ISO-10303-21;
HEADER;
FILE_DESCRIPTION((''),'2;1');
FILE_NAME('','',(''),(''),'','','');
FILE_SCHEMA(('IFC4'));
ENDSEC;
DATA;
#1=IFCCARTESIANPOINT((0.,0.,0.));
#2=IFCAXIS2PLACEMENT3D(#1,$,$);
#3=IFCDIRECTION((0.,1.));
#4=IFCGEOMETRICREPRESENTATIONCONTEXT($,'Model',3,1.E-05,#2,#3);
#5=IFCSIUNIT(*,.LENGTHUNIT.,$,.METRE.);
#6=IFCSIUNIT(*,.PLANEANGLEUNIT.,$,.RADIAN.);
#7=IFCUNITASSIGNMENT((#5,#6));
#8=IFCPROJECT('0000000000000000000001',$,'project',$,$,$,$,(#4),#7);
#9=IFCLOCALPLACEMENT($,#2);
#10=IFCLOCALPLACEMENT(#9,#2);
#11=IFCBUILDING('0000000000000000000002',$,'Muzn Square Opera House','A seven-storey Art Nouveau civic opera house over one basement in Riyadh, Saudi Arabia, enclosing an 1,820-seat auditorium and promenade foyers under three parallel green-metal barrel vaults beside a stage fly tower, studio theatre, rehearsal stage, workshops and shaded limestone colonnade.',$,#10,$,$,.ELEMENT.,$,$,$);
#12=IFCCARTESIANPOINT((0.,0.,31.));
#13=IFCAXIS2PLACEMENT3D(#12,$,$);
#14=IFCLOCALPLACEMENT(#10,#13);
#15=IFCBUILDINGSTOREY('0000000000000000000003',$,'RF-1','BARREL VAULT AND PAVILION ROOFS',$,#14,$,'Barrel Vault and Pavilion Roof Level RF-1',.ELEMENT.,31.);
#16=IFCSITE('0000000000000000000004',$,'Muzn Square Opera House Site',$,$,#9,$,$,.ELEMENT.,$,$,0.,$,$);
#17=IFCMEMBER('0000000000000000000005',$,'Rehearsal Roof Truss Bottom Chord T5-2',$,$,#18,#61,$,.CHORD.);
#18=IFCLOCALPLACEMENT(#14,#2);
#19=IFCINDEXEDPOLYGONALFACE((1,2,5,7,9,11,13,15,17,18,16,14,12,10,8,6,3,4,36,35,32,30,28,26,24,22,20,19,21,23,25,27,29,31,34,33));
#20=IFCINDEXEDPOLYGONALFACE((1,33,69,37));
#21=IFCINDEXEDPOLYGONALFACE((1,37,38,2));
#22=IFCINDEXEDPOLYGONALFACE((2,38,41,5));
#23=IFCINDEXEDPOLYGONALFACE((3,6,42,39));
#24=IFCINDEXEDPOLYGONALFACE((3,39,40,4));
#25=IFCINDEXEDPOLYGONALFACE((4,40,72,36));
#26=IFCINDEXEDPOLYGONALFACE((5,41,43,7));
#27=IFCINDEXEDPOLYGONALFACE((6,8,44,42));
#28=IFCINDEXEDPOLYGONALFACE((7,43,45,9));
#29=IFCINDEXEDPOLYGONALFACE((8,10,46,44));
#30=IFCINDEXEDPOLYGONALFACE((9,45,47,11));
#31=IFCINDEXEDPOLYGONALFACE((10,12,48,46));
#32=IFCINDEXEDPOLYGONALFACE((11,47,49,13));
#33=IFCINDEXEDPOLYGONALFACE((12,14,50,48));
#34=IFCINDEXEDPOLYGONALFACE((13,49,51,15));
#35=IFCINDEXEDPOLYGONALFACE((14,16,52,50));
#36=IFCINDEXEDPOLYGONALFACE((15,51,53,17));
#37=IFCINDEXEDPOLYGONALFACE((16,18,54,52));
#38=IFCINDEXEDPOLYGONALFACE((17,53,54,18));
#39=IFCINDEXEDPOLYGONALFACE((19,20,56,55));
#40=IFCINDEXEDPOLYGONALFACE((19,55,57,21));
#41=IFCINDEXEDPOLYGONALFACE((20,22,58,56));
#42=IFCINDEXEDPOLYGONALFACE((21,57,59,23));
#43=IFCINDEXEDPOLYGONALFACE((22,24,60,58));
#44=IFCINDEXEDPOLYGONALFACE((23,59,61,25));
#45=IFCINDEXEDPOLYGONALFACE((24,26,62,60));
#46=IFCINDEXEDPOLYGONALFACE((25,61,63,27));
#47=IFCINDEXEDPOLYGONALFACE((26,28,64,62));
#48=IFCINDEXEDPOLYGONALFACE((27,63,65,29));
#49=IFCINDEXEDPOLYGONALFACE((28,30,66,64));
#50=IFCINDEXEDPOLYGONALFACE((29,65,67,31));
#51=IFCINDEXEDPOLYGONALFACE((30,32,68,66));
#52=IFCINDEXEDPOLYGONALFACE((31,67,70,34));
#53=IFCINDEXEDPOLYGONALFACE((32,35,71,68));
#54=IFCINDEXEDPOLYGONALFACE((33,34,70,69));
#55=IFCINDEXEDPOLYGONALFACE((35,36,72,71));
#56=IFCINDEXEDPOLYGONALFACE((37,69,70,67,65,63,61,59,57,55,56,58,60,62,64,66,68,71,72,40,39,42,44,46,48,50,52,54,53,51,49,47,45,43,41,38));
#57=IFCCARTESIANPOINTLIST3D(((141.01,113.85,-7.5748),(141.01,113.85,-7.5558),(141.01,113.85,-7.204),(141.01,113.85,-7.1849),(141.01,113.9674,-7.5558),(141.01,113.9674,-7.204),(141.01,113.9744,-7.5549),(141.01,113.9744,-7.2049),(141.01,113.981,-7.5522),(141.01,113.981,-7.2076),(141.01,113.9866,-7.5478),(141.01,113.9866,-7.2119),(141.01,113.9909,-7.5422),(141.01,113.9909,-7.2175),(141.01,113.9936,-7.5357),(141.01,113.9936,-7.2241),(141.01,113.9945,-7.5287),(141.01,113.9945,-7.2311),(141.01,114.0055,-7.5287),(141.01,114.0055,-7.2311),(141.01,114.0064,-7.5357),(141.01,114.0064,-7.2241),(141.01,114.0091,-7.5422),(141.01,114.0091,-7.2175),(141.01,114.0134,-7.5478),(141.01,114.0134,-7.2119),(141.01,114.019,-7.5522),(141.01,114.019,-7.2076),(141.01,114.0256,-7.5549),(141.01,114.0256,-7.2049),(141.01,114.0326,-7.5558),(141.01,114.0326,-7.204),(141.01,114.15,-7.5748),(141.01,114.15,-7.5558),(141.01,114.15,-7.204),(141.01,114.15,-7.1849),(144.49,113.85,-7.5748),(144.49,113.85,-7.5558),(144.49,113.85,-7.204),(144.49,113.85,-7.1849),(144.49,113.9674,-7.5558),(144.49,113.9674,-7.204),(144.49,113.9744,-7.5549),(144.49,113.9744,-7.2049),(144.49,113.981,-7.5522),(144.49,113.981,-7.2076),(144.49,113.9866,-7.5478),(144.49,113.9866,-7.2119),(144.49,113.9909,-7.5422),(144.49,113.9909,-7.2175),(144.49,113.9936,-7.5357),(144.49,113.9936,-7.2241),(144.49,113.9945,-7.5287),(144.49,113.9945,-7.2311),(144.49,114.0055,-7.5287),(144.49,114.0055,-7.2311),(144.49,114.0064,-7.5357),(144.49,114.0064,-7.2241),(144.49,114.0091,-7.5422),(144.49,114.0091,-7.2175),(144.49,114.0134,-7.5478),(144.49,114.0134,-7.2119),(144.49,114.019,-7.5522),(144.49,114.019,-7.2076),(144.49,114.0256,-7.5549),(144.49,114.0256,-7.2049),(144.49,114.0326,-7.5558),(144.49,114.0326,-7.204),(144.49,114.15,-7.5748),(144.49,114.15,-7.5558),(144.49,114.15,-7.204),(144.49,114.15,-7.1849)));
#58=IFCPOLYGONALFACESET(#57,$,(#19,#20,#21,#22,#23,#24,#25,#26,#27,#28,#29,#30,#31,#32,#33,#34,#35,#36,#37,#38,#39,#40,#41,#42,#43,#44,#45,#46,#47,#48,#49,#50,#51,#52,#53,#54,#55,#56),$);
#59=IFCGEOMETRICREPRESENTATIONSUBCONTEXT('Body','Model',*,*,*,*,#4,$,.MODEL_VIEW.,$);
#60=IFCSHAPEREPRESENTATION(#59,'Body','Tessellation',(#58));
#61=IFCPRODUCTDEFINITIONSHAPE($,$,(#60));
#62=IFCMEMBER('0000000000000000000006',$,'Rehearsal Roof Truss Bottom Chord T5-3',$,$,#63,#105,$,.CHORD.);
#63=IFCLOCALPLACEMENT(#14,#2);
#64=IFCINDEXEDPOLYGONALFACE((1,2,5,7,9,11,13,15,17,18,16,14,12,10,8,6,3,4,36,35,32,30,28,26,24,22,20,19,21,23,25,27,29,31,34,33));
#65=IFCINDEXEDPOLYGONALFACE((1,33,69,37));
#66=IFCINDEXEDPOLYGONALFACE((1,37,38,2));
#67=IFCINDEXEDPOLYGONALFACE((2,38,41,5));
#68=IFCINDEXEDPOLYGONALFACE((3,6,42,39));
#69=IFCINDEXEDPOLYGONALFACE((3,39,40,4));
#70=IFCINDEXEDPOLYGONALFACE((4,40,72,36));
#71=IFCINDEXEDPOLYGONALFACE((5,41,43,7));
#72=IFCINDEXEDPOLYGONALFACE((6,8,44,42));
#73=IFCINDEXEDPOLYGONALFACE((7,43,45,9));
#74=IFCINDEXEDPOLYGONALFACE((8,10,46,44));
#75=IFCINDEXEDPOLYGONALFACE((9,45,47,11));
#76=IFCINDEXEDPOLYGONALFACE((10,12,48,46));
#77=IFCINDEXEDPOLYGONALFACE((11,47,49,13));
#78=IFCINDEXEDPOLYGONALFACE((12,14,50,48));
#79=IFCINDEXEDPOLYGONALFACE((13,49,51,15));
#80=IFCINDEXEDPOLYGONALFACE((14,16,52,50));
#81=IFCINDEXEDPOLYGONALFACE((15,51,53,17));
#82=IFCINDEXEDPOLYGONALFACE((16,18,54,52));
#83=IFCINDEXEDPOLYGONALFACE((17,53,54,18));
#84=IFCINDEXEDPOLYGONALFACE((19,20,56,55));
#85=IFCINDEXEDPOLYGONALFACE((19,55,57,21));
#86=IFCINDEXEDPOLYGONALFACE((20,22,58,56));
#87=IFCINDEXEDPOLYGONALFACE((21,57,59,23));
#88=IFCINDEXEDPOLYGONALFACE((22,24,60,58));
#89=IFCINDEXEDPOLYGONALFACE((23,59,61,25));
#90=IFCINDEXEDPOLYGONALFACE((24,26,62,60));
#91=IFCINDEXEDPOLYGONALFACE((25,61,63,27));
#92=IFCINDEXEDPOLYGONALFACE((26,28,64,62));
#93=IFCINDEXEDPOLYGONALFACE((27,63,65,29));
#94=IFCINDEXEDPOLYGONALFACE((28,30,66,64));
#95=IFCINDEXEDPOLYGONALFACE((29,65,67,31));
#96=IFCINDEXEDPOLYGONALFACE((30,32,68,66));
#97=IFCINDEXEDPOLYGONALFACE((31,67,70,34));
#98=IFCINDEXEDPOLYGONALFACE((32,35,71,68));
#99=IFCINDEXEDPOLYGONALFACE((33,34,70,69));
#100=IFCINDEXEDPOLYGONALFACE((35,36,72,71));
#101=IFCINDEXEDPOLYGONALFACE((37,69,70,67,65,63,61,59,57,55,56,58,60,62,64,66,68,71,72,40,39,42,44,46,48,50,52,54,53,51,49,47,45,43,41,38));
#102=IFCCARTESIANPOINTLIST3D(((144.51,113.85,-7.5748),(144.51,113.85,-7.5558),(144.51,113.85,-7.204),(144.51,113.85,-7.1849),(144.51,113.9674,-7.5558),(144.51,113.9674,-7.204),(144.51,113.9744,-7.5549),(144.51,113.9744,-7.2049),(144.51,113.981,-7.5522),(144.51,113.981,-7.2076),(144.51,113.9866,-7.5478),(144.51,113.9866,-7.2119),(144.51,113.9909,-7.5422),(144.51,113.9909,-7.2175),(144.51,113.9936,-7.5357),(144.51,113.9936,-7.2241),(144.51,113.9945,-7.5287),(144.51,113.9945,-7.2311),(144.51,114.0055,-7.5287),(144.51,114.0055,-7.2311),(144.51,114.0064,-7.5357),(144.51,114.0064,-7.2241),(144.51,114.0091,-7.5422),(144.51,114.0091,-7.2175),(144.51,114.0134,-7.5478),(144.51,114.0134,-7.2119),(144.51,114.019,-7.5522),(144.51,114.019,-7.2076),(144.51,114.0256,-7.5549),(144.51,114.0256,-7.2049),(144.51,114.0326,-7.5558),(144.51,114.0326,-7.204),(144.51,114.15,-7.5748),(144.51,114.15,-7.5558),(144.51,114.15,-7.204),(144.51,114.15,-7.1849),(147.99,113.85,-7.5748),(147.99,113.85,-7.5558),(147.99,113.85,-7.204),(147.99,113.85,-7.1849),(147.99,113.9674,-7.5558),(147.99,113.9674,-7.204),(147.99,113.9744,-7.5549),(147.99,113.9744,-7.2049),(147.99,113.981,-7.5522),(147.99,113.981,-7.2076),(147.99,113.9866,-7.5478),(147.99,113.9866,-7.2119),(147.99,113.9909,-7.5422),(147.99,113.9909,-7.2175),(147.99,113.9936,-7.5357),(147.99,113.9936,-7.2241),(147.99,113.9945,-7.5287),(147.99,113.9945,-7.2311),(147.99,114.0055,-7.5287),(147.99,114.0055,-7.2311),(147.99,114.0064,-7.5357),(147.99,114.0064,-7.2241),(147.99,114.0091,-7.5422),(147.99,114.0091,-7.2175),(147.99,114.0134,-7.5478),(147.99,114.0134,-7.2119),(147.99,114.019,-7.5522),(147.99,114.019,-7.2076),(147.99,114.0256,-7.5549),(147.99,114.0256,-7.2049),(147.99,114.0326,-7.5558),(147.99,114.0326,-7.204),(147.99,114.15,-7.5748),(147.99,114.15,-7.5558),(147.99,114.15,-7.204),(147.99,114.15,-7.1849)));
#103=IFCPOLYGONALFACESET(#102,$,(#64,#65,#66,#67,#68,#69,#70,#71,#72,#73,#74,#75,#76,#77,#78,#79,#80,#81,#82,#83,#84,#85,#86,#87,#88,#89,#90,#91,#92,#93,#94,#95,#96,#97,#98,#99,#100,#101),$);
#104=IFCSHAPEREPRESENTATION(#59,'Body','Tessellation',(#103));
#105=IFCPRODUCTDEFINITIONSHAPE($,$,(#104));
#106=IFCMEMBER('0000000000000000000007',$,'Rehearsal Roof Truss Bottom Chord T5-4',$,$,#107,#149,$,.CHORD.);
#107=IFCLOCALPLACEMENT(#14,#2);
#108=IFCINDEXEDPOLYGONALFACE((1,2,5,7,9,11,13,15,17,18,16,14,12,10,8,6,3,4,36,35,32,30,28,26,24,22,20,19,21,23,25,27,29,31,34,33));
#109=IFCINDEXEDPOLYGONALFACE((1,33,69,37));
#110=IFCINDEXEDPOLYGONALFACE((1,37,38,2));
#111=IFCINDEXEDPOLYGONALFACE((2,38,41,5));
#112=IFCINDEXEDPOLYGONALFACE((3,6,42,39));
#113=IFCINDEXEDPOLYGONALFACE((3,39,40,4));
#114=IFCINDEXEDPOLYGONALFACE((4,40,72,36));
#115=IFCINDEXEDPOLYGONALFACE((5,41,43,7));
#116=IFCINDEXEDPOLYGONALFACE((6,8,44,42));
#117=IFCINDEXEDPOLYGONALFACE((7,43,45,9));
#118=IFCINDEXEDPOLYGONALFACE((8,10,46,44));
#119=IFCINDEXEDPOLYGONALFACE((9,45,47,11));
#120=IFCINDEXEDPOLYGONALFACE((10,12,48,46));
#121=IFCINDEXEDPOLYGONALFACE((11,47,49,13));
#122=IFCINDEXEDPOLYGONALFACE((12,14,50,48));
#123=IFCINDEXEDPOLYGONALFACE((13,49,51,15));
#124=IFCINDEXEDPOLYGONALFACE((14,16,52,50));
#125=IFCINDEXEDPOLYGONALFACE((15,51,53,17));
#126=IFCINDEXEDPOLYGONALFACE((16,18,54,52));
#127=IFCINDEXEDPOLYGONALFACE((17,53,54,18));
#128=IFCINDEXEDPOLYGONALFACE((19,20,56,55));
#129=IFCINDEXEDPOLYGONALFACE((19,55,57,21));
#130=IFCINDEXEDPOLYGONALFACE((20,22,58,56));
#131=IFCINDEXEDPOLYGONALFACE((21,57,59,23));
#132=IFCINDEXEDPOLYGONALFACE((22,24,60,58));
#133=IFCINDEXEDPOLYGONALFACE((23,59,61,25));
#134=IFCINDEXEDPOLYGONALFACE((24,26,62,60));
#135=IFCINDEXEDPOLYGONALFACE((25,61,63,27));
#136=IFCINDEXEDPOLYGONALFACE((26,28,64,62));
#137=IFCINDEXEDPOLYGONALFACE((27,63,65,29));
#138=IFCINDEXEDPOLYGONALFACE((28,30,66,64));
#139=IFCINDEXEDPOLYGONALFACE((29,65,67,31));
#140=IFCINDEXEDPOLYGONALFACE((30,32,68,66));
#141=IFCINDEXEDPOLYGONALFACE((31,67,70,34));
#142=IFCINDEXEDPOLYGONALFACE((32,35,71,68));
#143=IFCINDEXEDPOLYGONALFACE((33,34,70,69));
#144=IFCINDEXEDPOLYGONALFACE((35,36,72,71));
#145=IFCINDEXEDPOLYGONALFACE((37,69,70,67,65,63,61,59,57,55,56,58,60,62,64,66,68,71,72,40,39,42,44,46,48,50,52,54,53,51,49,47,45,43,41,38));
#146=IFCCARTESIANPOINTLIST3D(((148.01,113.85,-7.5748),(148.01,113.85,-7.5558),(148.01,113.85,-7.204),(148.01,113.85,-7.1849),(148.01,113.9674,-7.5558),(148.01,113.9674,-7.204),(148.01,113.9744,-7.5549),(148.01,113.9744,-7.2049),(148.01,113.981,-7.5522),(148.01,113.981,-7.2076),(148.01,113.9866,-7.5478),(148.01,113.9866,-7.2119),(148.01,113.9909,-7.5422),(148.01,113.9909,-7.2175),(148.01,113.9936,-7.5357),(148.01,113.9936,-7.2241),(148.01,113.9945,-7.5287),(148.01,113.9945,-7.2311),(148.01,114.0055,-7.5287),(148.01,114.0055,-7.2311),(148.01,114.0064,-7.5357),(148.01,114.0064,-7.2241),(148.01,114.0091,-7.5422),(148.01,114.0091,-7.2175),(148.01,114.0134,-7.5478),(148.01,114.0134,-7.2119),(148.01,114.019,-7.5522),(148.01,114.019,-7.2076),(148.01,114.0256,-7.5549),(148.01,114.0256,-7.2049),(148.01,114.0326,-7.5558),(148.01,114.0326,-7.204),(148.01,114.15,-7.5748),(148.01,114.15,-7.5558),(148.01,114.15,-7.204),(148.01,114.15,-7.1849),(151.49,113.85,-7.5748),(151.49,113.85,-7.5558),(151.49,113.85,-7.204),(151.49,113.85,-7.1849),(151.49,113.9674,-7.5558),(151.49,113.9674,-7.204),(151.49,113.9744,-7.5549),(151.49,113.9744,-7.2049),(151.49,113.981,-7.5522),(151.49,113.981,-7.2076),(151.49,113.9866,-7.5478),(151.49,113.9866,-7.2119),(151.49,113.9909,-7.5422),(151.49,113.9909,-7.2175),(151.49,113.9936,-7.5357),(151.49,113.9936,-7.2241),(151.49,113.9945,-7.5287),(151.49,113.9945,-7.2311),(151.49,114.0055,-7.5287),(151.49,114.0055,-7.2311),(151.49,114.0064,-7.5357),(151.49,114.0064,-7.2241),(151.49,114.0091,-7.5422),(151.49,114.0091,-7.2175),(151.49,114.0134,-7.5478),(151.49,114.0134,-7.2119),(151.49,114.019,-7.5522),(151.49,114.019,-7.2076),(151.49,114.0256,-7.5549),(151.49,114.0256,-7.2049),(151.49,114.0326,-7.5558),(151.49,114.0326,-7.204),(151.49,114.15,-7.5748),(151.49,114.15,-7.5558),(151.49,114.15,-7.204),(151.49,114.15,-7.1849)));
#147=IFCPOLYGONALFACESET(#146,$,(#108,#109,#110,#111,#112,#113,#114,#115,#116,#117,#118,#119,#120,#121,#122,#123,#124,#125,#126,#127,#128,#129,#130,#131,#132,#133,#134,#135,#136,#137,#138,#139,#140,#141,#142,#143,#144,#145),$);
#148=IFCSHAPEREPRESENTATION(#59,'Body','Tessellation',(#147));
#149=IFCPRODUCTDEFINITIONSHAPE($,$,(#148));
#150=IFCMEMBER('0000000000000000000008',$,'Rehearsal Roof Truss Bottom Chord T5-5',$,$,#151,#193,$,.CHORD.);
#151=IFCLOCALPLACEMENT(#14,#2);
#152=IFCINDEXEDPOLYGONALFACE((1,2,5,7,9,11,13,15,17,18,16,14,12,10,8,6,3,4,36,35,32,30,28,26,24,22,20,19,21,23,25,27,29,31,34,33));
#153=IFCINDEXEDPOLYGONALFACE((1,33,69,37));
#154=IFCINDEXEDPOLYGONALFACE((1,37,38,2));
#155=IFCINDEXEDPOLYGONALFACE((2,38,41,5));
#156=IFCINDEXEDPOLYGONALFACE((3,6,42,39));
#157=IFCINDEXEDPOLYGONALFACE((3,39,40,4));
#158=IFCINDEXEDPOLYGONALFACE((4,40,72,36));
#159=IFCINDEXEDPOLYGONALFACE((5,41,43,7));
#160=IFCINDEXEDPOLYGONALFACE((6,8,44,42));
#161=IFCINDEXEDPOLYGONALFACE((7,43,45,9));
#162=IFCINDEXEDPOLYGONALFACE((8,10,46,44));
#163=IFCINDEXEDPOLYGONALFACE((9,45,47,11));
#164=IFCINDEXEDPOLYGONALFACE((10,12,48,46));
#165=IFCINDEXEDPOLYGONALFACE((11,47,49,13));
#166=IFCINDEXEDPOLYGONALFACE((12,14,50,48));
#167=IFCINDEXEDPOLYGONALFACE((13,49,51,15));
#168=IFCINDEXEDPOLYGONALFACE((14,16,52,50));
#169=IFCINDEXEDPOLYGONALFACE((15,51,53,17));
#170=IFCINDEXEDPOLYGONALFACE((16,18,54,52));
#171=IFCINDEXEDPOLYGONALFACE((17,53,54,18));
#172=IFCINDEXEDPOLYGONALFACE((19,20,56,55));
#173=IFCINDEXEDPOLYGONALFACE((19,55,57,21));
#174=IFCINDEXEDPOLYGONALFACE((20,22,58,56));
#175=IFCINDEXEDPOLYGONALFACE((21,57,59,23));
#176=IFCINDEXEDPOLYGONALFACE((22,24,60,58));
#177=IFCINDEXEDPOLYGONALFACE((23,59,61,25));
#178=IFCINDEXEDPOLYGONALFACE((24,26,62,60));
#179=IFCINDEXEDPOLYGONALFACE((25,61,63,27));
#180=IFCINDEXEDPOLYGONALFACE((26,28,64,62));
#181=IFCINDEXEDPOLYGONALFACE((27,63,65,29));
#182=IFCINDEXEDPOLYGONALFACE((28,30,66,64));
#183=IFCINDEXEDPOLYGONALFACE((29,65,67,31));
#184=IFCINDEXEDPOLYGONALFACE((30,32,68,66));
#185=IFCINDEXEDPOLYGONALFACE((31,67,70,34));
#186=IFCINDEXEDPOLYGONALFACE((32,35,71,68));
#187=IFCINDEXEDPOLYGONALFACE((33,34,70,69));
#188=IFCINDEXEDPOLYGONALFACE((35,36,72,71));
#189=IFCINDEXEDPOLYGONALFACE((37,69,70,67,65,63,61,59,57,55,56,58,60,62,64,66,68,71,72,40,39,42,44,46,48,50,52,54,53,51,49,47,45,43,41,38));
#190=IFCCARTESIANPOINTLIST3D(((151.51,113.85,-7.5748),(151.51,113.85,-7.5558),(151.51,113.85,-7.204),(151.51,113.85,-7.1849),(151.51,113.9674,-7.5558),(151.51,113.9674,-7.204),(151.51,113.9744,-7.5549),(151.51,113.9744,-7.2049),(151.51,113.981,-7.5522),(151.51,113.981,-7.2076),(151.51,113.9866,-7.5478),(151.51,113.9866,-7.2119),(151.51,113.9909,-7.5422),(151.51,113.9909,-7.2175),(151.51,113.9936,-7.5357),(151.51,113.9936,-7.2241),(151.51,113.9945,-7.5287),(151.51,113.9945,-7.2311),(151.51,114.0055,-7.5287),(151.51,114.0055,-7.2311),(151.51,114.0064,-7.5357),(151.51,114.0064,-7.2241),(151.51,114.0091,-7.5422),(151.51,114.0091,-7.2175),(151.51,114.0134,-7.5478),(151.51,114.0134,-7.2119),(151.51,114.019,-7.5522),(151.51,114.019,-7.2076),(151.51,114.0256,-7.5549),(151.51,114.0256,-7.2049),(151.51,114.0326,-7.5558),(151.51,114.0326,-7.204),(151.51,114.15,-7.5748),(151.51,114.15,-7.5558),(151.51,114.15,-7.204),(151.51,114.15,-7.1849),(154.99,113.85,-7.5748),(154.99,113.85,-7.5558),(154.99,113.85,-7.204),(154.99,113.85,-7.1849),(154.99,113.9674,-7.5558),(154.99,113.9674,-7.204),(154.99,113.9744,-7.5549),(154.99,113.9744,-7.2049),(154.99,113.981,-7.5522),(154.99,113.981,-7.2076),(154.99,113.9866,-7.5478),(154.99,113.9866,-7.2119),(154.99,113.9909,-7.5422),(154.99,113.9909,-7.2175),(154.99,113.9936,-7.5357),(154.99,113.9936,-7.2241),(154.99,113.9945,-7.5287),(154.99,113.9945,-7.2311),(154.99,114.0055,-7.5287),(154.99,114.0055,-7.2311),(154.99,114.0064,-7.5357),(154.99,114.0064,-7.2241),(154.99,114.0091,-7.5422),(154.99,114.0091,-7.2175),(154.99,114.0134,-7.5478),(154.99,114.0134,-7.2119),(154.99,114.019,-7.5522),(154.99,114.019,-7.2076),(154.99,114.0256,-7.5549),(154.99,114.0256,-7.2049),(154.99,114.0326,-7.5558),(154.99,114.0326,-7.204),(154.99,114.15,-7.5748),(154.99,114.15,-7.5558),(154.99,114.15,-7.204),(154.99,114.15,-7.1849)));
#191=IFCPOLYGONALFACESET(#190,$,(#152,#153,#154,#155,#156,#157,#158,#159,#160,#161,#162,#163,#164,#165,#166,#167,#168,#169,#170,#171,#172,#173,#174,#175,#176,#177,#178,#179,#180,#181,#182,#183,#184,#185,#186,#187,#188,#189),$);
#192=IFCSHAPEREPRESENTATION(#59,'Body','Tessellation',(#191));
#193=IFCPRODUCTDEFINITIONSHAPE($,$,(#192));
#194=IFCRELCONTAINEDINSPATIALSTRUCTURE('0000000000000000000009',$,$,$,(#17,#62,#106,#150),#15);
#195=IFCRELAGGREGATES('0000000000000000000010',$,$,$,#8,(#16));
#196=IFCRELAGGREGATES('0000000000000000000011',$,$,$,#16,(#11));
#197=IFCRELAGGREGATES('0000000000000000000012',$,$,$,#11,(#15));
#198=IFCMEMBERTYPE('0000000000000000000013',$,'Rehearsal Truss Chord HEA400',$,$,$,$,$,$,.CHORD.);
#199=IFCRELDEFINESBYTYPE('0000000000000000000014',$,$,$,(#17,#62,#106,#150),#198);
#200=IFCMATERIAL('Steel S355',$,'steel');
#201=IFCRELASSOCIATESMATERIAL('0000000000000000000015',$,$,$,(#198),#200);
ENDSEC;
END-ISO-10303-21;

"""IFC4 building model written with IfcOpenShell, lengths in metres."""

from ifc_helpers import new_model, si_unit, direction, frame, origin, origin_2d, place, context, subcontext, project, spatial, i_section, extrude, material, material_profile, profile_set, type_object, element, save


model = new_model("IFC4")

# Units and contexts
model_context = context("Model", 3, precision=1e-05, world=origin(), true_north=direction((0.0, 1.0)))
body_context = subcontext(model_context, "Body", "Model", "MODEL_VIEW")
ifc_project = project(units=[si_unit("LENGTHUNIT", "METRE"), si_unit("PLANEANGLEUNIT", "RADIAN")], contexts=[model_context])

# Site, building, storey
site_placement = place(None, origin())
site = spatial("IfcSite", under=ifc_project, at=site_placement, Name="Muzn Square Opera House Site", CompositionType="ELEMENT", RefElevation=0.0)
building_placement = place(site_placement, origin())
building = spatial("IfcBuilding", under=site, at=building_placement, Name="Muzn Square Opera House", Description="A seven-storey Art Nouveau civic opera house over one basement in Riyadh, Saudi Arabia, enclosing an 1,820-seat auditorium and promenade foyers under three parallel green-metal barrel vaults beside a stage fly tower, studio theatre, rehearsal stage, workshops and shaded limestone colonnade.", CompositionType="ELEMENT")
storey_placement = place(building_placement, frame((0.0, 0.0, 31.0)))
storey = spatial("IfcBuildingStorey", under=building, at=storey_placement, Name="RF-1", Description="BARREL VAULT AND PAVILION ROOFS", LongName="Barrel Vault and Pavilion Roof Level RF-1", CompositionType="ELEMENT", Elevation=31.0)

# Shared definitions
ifc_material = material(Name="Steel S355", Category="steel")

# Members
ifc_material_profile_1 = material_profile(ifc_material, i_section(OverallWidth=0.3, OverallDepth=0.3899, WebThickness=0.011, FlangeThickness=0.019, FilletRadius=0.0271, at=origin_2d()), Name="HEA 400", Category="steel")
ifc_profile_set_1 = profile_set([ifc_material_profile_1], Name="Steel S355")
member_type_1 = type_object("IfcMemberType", Name="Rehearsal Truss Chord HEA400", PredefinedType="CHORD", material=ifc_profile_set_1)
for number, where, z_axis, x_axis, name in (
    (1, (141.01, 114.0, -7.3799), (1.0, 0.0, 0.0), (0.0, 1.0, 0.0), "Rehearsal Roof Truss Bottom Chord T5-2"),
    (2, (144.51, 114.0, -7.3799), (1.0, 0.0, 0.0), (0.0, 1.0, 0.0), "Rehearsal Roof Truss Bottom Chord T5-3"),
    (3, (148.01, 114.0, -7.3799), (1.0, 0.0, 0.0), (0.0, 1.0, 0.0), "Rehearsal Roof Truss Bottom Chord T5-4"),
    (4, (151.51, 114.0, -7.3799), (1.0, 0.0, 0.0), (0.0, 1.0, 0.0), "Rehearsal Roof Truss Bottom Chord T5-5"),
):
    element("IfcMember", number, at=place(storey_placement, frame(where, z_axis=z_axis, x_axis=x_axis)), inside=storey, type_object=member_type_1, Name=name, PredefinedType="CHORD", context=body_context, shape_type="SweptSolid", body=[
        extrude(i_section(OverallWidth=0.3, OverallDepth=0.3899, WebThickness=0.011, FlangeThickness=0.019, FilletRadius=0.0271, at=origin_2d()), origin(), (0.0, 0.0, 1.0), 3.48),
    ])

save(model, "model.ifc")
